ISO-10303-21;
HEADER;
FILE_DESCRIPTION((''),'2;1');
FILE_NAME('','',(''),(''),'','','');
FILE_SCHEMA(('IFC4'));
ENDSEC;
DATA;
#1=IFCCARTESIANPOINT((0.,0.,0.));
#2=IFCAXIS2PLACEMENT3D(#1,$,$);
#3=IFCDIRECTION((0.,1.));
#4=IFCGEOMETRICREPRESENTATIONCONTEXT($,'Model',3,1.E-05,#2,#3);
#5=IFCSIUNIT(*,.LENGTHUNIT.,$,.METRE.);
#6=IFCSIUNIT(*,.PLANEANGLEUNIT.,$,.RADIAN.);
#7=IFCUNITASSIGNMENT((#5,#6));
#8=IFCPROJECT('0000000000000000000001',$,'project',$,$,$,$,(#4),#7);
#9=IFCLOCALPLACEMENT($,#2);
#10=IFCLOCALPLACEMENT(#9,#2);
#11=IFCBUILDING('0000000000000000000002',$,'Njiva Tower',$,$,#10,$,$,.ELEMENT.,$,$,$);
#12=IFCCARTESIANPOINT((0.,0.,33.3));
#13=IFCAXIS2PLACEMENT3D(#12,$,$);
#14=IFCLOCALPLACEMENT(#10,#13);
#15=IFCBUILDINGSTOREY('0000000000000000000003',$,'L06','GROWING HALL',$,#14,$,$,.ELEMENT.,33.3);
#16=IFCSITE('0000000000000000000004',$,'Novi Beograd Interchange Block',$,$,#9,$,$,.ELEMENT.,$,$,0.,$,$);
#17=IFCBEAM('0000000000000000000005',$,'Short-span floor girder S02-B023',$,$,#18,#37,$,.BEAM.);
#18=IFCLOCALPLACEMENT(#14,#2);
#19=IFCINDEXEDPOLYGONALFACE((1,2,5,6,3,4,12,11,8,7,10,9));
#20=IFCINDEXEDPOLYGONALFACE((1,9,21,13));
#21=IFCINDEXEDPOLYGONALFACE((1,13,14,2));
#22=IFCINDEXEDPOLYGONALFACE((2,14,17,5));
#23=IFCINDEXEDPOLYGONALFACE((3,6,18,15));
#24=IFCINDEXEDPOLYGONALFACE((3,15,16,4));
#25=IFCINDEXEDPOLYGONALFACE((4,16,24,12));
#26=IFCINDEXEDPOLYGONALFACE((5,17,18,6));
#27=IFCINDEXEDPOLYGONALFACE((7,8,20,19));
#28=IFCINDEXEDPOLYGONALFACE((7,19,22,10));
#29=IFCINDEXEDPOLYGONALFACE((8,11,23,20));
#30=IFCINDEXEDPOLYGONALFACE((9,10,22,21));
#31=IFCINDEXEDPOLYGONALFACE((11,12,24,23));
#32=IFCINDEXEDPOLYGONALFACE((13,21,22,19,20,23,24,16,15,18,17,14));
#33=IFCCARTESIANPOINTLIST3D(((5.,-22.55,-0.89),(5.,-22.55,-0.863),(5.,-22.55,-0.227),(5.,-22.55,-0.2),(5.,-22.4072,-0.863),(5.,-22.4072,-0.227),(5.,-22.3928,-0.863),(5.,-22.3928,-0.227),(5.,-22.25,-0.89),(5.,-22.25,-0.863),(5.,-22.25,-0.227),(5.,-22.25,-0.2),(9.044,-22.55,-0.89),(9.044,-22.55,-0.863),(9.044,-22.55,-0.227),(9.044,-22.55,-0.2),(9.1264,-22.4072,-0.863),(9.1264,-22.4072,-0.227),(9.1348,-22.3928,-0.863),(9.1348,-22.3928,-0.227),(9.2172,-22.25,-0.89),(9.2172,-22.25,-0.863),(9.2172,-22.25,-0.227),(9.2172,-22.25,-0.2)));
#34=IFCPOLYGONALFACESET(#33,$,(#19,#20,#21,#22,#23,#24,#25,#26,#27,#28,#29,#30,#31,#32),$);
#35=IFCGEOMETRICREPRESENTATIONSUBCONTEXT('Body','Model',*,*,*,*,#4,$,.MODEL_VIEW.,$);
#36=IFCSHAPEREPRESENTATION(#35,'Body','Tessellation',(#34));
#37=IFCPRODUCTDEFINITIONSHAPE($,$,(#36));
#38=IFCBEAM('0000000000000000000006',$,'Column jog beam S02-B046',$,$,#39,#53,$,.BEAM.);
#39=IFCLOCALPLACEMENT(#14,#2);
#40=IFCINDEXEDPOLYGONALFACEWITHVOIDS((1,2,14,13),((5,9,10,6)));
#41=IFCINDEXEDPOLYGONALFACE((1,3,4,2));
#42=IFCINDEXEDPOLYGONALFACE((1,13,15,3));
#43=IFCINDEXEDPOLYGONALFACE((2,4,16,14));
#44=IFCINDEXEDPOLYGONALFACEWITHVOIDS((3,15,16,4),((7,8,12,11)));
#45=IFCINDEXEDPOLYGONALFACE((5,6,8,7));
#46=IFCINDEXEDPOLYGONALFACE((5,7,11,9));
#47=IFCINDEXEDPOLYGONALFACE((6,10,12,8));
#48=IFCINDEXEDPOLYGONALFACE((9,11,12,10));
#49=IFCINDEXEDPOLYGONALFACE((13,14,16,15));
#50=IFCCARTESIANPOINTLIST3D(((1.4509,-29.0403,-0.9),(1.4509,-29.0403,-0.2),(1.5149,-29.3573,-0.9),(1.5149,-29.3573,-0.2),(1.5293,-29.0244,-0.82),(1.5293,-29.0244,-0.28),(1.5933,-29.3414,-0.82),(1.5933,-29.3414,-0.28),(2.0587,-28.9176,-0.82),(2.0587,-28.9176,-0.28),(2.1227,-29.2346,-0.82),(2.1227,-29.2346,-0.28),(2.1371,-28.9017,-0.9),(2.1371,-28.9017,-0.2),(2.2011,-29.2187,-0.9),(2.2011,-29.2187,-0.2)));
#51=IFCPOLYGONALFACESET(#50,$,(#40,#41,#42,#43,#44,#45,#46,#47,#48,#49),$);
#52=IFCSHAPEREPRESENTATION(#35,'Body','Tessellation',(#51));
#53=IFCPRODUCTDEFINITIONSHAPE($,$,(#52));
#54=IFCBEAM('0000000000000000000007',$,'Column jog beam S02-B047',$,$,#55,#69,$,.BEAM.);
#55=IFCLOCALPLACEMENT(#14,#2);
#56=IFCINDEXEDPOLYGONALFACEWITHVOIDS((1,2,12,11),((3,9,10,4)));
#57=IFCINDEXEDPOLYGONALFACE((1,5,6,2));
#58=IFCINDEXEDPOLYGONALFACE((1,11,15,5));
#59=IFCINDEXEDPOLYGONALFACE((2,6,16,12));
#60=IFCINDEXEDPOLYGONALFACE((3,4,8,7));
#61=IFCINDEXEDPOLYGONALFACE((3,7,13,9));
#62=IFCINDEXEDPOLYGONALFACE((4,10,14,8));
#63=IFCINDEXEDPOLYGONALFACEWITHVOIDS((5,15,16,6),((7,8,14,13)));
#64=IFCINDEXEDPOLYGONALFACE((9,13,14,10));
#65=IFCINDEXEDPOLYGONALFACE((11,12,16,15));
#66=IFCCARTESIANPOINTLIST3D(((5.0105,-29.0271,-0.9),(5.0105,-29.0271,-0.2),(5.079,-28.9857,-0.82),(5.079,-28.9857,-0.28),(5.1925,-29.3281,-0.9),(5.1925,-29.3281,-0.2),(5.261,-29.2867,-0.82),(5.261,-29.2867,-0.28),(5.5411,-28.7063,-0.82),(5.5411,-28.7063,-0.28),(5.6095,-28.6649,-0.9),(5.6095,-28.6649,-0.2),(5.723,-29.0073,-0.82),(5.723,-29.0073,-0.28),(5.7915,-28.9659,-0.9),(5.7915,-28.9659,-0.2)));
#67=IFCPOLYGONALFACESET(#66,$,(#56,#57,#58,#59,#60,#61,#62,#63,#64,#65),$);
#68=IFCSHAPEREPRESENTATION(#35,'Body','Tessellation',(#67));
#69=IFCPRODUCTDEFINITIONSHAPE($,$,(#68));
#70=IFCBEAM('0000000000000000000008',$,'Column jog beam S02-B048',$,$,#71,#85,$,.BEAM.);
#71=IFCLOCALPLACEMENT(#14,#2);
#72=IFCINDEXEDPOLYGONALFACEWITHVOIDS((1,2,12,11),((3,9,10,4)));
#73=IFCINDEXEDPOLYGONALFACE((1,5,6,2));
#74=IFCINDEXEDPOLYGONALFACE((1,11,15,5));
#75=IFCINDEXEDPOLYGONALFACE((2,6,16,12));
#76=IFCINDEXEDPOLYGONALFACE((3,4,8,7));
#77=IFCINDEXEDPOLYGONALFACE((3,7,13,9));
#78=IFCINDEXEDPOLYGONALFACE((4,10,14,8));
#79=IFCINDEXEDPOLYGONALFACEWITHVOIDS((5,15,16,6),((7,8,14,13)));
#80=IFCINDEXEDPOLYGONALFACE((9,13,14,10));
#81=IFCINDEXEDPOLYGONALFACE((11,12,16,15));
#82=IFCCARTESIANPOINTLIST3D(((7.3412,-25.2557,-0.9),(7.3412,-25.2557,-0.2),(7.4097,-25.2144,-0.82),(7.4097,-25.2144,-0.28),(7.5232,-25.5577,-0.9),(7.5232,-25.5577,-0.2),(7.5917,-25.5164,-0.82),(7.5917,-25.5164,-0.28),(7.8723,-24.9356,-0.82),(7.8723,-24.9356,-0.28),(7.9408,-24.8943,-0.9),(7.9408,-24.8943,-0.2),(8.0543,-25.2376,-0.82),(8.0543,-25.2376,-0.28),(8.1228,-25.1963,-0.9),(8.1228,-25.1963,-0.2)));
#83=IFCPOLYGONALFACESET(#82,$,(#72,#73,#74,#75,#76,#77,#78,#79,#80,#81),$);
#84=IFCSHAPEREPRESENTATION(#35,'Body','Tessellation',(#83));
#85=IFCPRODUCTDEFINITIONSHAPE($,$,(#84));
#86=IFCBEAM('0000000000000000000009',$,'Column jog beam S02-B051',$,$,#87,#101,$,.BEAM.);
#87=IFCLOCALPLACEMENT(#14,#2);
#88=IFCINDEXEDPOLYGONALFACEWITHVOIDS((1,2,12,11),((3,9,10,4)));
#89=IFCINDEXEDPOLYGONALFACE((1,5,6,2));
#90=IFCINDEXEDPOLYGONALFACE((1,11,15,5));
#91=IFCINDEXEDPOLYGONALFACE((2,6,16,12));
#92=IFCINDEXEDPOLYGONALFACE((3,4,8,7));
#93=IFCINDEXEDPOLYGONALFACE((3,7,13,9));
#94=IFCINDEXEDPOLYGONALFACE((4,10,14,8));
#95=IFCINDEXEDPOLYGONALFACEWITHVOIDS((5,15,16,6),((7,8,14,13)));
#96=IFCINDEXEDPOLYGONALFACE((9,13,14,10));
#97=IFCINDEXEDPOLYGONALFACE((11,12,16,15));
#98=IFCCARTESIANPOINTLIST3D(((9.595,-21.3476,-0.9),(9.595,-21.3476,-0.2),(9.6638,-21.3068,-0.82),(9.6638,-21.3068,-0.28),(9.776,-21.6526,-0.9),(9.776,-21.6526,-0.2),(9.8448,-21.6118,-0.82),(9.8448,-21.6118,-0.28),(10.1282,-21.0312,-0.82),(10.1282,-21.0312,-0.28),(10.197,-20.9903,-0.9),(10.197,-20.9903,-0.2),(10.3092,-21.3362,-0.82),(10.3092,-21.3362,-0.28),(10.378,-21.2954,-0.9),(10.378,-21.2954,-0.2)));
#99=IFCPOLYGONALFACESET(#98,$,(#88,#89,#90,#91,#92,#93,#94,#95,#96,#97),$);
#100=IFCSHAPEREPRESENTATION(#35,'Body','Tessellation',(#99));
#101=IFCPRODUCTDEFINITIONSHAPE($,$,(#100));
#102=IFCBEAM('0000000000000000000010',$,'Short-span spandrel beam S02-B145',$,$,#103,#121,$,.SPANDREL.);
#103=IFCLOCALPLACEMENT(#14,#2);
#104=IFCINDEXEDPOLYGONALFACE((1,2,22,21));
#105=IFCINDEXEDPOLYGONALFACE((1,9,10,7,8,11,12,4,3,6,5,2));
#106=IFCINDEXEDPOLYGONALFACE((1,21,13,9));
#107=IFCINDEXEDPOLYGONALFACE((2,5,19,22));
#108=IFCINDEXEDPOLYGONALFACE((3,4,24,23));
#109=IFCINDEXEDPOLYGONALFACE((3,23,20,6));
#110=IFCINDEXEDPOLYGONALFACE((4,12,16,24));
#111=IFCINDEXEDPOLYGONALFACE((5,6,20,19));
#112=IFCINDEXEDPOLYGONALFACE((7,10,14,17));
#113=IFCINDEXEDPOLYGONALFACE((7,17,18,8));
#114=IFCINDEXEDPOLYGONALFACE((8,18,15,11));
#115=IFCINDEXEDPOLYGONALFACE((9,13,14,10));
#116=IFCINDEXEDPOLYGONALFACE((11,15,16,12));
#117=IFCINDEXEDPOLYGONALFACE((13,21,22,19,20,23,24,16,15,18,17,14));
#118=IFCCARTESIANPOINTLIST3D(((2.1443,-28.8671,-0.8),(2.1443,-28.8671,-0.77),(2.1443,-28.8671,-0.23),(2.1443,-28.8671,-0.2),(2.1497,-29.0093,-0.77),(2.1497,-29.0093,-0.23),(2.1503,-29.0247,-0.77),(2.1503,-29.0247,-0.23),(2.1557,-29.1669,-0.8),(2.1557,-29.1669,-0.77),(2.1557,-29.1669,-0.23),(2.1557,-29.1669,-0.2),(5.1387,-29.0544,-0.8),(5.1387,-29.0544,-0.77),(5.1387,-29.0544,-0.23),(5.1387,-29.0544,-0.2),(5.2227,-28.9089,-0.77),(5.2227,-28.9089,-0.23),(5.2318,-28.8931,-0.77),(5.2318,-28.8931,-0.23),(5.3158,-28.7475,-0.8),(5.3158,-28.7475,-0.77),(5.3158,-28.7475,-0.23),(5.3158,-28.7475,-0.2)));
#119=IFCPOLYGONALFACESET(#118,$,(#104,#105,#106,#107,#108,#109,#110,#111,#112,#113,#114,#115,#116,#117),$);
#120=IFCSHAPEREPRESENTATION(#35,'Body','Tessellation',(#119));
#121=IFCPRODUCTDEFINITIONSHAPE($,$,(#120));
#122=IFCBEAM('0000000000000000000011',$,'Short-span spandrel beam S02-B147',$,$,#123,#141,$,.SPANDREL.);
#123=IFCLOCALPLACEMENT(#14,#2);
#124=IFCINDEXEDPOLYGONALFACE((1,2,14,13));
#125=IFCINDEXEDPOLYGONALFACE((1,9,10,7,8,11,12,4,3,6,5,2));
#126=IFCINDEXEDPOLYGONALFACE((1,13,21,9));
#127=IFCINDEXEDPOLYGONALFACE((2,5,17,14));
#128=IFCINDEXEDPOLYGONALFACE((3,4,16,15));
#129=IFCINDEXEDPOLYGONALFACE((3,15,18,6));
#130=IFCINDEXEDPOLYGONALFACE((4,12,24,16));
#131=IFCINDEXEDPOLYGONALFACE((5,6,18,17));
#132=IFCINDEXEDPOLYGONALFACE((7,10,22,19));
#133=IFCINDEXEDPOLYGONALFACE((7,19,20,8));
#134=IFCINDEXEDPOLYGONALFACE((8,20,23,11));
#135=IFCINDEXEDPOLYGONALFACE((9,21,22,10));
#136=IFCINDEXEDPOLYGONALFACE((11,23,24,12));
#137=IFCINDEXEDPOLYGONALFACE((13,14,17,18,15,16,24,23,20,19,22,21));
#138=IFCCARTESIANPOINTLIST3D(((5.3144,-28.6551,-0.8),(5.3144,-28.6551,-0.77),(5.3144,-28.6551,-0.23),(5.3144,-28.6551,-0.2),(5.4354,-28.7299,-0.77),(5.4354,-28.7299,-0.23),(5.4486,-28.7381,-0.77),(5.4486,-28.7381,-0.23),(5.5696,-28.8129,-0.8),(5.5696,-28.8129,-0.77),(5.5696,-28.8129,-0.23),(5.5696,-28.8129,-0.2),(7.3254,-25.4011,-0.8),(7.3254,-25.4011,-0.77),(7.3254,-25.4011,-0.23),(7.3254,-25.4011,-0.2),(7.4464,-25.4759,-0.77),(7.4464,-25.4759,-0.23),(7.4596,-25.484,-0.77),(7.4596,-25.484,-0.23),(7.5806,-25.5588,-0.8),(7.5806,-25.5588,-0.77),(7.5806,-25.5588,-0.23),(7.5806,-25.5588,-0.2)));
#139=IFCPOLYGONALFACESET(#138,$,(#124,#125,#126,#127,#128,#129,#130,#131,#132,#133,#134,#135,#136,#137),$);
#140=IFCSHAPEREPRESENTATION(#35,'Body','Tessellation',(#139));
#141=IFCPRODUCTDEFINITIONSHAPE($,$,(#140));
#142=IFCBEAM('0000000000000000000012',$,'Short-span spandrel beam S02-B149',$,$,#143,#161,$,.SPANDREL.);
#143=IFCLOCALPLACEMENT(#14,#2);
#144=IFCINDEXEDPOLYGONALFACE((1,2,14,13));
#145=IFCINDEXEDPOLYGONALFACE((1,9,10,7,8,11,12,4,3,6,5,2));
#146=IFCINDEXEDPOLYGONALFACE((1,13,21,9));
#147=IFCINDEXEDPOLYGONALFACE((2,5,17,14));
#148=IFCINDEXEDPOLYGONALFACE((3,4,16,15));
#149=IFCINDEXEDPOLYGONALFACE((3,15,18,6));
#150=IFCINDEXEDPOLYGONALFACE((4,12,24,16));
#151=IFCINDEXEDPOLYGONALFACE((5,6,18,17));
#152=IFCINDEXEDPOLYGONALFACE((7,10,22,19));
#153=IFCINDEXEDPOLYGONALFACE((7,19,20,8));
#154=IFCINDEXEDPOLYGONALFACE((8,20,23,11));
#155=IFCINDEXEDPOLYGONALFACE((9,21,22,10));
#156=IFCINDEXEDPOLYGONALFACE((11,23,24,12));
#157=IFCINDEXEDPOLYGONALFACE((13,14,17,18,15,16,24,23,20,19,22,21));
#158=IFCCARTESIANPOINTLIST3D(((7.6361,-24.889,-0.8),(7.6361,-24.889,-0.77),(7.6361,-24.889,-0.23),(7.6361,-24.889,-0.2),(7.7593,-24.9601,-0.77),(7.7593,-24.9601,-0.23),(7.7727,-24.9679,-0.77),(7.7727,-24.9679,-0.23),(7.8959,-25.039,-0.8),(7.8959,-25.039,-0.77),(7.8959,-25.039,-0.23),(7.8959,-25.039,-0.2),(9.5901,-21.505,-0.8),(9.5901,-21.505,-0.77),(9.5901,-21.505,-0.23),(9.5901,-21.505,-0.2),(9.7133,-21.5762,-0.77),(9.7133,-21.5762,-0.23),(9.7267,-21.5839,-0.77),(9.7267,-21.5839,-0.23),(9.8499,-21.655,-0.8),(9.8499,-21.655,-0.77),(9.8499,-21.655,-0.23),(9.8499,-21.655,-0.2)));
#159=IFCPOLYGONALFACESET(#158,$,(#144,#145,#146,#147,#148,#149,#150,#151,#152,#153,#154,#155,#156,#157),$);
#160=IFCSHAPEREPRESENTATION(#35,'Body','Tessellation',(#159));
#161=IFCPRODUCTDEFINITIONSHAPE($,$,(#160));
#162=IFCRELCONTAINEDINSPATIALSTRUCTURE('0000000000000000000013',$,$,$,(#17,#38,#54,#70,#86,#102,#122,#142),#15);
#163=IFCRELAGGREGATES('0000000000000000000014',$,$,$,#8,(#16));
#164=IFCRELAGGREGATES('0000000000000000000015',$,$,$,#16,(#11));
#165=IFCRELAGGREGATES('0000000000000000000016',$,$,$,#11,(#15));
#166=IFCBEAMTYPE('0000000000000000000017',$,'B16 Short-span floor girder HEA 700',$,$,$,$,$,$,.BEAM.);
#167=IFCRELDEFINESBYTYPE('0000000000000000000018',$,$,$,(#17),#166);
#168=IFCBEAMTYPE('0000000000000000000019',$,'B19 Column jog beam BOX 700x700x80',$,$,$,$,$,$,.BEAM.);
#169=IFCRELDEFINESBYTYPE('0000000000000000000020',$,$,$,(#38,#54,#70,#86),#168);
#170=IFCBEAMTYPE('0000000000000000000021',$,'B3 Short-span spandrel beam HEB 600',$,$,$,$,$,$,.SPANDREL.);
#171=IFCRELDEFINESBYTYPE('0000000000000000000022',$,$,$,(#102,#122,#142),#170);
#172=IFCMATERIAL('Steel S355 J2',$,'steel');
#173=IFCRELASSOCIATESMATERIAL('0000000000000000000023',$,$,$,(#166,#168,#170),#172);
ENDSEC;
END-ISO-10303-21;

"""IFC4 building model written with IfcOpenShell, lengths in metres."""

from ifc_helpers import new_model, si_unit, direction, frame, origin, origin_2d, place, context, subcontext, project, spatial, hollow_rectangle, i_section, extrude, clip, halfspace, material, material_profile, profile_set, type_object, element, save


model = new_model("IFC4")

# Units and contexts
model_context = context("Model", 3, precision=1e-05, world=origin(), true_north=direction((0.0, 1.0)))
body_context = subcontext(model_context, "Body", "Model", "MODEL_VIEW")
ifc_project = project(units=[si_unit("LENGTHUNIT", "METRE"), si_unit("PLANEANGLEUNIT", "RADIAN")], contexts=[model_context])

# Site, building, storey
site_placement = place(None, origin())
site = spatial("IfcSite", under=ifc_project, at=site_placement, Name="Novi Beograd Interchange Block", CompositionType="ELEMENT", RefElevation=0.0)
building_placement = place(site_placement, origin())
building = spatial("IfcBuilding", under=site, at=building_placement, Name="Njiva Tower", CompositionType="ELEMENT")
storey_placement = place(building_placement, frame((0.0, 0.0, 33.3)))
storey = spatial("IfcBuildingStorey", under=building, at=storey_placement, Name="L06", Description="GROWING HALL", CompositionType="ELEMENT", Elevation=33.3)

# Shared definitions
ifc_material_1 = material(Name="Steel S355 J2", Category="steel")

# Beams
ifc_material_profile_1 = material_profile(ifc_material_1, i_section(OverallWidth=0.3, OverallDepth=0.69, WebThickness=0.0145, FlangeThickness=0.027, at=origin_2d()), Name="HEA 700")
ifc_profile_set_1 = profile_set([ifc_material_profile_1], Name="Steel S355 J2")
beam_type_1 = type_object("IfcBeamType", Name="B16 Short-span floor girder HEA 700", PredefinedType="BEAM", material=ifc_profile_set_1)
beam_1_placement = place(storey_placement, frame((5.0, -22.4, -0.545), z_axis=(1.0, 0.0, 0.0), x_axis=(0.0, 1.0, 0.0)))
element("IfcBeam", 1, at=beam_1_placement, inside=storey, type_object=beam_type_1, Name="Short-span floor girder S02-B023", PredefinedType="BEAM", context=body_context, shape_type="Clipping", body=[
    clip(extrude(i_section(OverallWidth=0.3, OverallDepth=0.69, WebThickness=0.0145, FlangeThickness=0.027, at=origin_2d()), origin(), (0.0, 0.0, 1.0), 4.238), halfspace(frame((-0.025, 0.0, 4.1162), z_axis=(-0.499998, 0.0, 0.866027), x_axis=(0.0, 1.0, 0.0)), False)),
])
ifc_material_profile_2 = material_profile(ifc_material_1, hollow_rectangle(XDim=0.7, YDim=0.7, WallThickness=0.08, at=origin_2d()), Name="BOX 700x700x80")
ifc_profile_set_2 = profile_set([ifc_material_profile_2], Name="Steel S355 J2")
beam_type_2 = type_object("IfcBeamType", Name="B19 Column jog beam BOX 700x700x80", PredefinedType="BEAM", material=ifc_profile_set_2)
beam_2_placement = place(storey_placement, frame((1.858, -29.288, -0.55), z_axis=(-0.1979, 0.980222, 0.0), x_axis=(-0.980222, -0.1979, 0.0)))
element("IfcBeam", 2, at=beam_2_placement, inside=storey, type_object=beam_type_2, Name="Column jog beam S02-B046", PredefinedType="BEAM", context=body_context, shape_type="SweptSolid", body=[
    extrude(hollow_rectangle(XDim=0.7, YDim=0.7, WallThickness=0.08, at=origin_2d()), origin(), (0.0, 0.0, 1.0), 0.3234),
])
beam_3_placement = place(storey_placement, frame((5.492, -29.147, -0.55), z_axis=(-0.517419, 0.855732, 0.0), x_axis=(-0.855732, -0.517419, 0.0)))
element("IfcBeam", 3, at=beam_3_placement, inside=storey, type_object=beam_type_2, Name="Column jog beam S02-B047", PredefinedType="BEAM", context=body_context, shape_type="SweptSolid", body=[
    extrude(hollow_rectangle(XDim=0.7, YDim=0.7, WallThickness=0.08, at=origin_2d()), origin(), (0.0, 0.0, 1.0), 0.3517),
])
beam_4_placement = place(storey_placement, frame((7.823, -25.377, -0.55), z_axis=(-0.516163, 0.85649, 0.0), x_axis=(-0.85649, -0.516163, 0.0)))
element("IfcBeam", 4, at=beam_4_placement, inside=storey, type_object=beam_type_2, Name="Column jog beam S02-B048", PredefinedType="BEAM", context=body_context, shape_type="SweptSolid", body=[
    extrude(hollow_rectangle(XDim=0.7, YDim=0.7, WallThickness=0.08, at=origin_2d()), origin(), (0.0, 0.0, 1.0), 0.3526),
])
beam_5_placement = place(storey_placement, frame((10.077, -21.474, -0.55), z_axis=(-0.510343, 0.859971, 0.0), x_axis=(-0.859971, -0.510343, 0.0)))
element("IfcBeam", 5, at=beam_5_placement, inside=storey, type_object=beam_type_2, Name="Column jog beam S02-B051", PredefinedType="BEAM", context=body_context, shape_type="SweptSolid", body=[
    extrude(hollow_rectangle(XDim=0.7, YDim=0.7, WallThickness=0.08, at=origin_2d()), origin(), (0.0, 0.0, 1.0), 0.3547),
])
ifc_material_profile_3 = material_profile(ifc_material_1, i_section(OverallWidth=0.3, OverallDepth=0.6, WebThickness=0.0155, FlangeThickness=0.03, at=origin_2d()), Name="HEB 600")
ifc_profile_set_3 = profile_set([ifc_material_profile_3], Name="Steel S355 J2")
beam_type_3 = type_object("IfcBeamType", Name="B3 Short-span spandrel beam HEB 600", PredefinedType="SPANDREL", material=ifc_profile_set_3)
beam_6_placement = place(storey_placement, frame((2.15, -29.017, -0.5), z_axis=(0.99929, 0.037672, 0.0), x_axis=(-0.037672, 0.99929, 0.0)))
element("IfcBeam", 6, at=beam_6_placement, inside=storey, type_object=beam_type_3, Name="Short-span spandrel beam S02-B145", PredefinedType="SPANDREL", context=body_context, shape_type="Clipping", body=[
    clip(extrude(i_section(OverallWidth=0.3, OverallDepth=0.6, WebThickness=0.0155, FlangeThickness=0.03, at=origin_2d()), origin(), (0.0, 0.0, 1.0), 3.1932), halfspace(frame((-0.0271, 0.0, 3.0624), z_axis=(-0.532268, 0.0, 0.846576), x_axis=(0.0, 1.0, 0.0)), False)),
])
beam_7_placement = place(storey_placement, frame((5.442, -28.734, -0.5), z_axis=(0.525715, 0.85066, 0.0), x_axis=(-0.85066, 0.525715, 0.0)))
element("IfcBeam", 7, at=beam_7_placement, inside=storey, type_object=beam_type_3, Name="Short-span spandrel beam S02-B147", PredefinedType="SPANDREL", context=body_context, shape_type="SweptSolid", body=[
    extrude(i_section(OverallWidth=0.3, OverallDepth=0.6, WebThickness=0.0155, FlangeThickness=0.03, at=origin_2d()), origin(), (0.0, 0.0, 1.0), 3.8253),
])
beam_8_placement = place(storey_placement, frame((7.766, -24.964, -0.5), z_axis=(0.500047, 0.865998, 0.0), x_axis=(-0.865998, 0.500047, 0.0)))
element("IfcBeam", 8, at=beam_8_placement, inside=storey, type_object=beam_type_3, Name="Short-span spandrel beam S02-B149", PredefinedType="SPANDREL", context=body_context, shape_type="SweptSolid", body=[
    extrude(i_section(OverallWidth=0.3, OverallDepth=0.6, WebThickness=0.0155, FlangeThickness=0.03, at=origin_2d()), origin(), (0.0, 0.0, 1.0), 3.9076),
])

save(model, "model.ifc")
